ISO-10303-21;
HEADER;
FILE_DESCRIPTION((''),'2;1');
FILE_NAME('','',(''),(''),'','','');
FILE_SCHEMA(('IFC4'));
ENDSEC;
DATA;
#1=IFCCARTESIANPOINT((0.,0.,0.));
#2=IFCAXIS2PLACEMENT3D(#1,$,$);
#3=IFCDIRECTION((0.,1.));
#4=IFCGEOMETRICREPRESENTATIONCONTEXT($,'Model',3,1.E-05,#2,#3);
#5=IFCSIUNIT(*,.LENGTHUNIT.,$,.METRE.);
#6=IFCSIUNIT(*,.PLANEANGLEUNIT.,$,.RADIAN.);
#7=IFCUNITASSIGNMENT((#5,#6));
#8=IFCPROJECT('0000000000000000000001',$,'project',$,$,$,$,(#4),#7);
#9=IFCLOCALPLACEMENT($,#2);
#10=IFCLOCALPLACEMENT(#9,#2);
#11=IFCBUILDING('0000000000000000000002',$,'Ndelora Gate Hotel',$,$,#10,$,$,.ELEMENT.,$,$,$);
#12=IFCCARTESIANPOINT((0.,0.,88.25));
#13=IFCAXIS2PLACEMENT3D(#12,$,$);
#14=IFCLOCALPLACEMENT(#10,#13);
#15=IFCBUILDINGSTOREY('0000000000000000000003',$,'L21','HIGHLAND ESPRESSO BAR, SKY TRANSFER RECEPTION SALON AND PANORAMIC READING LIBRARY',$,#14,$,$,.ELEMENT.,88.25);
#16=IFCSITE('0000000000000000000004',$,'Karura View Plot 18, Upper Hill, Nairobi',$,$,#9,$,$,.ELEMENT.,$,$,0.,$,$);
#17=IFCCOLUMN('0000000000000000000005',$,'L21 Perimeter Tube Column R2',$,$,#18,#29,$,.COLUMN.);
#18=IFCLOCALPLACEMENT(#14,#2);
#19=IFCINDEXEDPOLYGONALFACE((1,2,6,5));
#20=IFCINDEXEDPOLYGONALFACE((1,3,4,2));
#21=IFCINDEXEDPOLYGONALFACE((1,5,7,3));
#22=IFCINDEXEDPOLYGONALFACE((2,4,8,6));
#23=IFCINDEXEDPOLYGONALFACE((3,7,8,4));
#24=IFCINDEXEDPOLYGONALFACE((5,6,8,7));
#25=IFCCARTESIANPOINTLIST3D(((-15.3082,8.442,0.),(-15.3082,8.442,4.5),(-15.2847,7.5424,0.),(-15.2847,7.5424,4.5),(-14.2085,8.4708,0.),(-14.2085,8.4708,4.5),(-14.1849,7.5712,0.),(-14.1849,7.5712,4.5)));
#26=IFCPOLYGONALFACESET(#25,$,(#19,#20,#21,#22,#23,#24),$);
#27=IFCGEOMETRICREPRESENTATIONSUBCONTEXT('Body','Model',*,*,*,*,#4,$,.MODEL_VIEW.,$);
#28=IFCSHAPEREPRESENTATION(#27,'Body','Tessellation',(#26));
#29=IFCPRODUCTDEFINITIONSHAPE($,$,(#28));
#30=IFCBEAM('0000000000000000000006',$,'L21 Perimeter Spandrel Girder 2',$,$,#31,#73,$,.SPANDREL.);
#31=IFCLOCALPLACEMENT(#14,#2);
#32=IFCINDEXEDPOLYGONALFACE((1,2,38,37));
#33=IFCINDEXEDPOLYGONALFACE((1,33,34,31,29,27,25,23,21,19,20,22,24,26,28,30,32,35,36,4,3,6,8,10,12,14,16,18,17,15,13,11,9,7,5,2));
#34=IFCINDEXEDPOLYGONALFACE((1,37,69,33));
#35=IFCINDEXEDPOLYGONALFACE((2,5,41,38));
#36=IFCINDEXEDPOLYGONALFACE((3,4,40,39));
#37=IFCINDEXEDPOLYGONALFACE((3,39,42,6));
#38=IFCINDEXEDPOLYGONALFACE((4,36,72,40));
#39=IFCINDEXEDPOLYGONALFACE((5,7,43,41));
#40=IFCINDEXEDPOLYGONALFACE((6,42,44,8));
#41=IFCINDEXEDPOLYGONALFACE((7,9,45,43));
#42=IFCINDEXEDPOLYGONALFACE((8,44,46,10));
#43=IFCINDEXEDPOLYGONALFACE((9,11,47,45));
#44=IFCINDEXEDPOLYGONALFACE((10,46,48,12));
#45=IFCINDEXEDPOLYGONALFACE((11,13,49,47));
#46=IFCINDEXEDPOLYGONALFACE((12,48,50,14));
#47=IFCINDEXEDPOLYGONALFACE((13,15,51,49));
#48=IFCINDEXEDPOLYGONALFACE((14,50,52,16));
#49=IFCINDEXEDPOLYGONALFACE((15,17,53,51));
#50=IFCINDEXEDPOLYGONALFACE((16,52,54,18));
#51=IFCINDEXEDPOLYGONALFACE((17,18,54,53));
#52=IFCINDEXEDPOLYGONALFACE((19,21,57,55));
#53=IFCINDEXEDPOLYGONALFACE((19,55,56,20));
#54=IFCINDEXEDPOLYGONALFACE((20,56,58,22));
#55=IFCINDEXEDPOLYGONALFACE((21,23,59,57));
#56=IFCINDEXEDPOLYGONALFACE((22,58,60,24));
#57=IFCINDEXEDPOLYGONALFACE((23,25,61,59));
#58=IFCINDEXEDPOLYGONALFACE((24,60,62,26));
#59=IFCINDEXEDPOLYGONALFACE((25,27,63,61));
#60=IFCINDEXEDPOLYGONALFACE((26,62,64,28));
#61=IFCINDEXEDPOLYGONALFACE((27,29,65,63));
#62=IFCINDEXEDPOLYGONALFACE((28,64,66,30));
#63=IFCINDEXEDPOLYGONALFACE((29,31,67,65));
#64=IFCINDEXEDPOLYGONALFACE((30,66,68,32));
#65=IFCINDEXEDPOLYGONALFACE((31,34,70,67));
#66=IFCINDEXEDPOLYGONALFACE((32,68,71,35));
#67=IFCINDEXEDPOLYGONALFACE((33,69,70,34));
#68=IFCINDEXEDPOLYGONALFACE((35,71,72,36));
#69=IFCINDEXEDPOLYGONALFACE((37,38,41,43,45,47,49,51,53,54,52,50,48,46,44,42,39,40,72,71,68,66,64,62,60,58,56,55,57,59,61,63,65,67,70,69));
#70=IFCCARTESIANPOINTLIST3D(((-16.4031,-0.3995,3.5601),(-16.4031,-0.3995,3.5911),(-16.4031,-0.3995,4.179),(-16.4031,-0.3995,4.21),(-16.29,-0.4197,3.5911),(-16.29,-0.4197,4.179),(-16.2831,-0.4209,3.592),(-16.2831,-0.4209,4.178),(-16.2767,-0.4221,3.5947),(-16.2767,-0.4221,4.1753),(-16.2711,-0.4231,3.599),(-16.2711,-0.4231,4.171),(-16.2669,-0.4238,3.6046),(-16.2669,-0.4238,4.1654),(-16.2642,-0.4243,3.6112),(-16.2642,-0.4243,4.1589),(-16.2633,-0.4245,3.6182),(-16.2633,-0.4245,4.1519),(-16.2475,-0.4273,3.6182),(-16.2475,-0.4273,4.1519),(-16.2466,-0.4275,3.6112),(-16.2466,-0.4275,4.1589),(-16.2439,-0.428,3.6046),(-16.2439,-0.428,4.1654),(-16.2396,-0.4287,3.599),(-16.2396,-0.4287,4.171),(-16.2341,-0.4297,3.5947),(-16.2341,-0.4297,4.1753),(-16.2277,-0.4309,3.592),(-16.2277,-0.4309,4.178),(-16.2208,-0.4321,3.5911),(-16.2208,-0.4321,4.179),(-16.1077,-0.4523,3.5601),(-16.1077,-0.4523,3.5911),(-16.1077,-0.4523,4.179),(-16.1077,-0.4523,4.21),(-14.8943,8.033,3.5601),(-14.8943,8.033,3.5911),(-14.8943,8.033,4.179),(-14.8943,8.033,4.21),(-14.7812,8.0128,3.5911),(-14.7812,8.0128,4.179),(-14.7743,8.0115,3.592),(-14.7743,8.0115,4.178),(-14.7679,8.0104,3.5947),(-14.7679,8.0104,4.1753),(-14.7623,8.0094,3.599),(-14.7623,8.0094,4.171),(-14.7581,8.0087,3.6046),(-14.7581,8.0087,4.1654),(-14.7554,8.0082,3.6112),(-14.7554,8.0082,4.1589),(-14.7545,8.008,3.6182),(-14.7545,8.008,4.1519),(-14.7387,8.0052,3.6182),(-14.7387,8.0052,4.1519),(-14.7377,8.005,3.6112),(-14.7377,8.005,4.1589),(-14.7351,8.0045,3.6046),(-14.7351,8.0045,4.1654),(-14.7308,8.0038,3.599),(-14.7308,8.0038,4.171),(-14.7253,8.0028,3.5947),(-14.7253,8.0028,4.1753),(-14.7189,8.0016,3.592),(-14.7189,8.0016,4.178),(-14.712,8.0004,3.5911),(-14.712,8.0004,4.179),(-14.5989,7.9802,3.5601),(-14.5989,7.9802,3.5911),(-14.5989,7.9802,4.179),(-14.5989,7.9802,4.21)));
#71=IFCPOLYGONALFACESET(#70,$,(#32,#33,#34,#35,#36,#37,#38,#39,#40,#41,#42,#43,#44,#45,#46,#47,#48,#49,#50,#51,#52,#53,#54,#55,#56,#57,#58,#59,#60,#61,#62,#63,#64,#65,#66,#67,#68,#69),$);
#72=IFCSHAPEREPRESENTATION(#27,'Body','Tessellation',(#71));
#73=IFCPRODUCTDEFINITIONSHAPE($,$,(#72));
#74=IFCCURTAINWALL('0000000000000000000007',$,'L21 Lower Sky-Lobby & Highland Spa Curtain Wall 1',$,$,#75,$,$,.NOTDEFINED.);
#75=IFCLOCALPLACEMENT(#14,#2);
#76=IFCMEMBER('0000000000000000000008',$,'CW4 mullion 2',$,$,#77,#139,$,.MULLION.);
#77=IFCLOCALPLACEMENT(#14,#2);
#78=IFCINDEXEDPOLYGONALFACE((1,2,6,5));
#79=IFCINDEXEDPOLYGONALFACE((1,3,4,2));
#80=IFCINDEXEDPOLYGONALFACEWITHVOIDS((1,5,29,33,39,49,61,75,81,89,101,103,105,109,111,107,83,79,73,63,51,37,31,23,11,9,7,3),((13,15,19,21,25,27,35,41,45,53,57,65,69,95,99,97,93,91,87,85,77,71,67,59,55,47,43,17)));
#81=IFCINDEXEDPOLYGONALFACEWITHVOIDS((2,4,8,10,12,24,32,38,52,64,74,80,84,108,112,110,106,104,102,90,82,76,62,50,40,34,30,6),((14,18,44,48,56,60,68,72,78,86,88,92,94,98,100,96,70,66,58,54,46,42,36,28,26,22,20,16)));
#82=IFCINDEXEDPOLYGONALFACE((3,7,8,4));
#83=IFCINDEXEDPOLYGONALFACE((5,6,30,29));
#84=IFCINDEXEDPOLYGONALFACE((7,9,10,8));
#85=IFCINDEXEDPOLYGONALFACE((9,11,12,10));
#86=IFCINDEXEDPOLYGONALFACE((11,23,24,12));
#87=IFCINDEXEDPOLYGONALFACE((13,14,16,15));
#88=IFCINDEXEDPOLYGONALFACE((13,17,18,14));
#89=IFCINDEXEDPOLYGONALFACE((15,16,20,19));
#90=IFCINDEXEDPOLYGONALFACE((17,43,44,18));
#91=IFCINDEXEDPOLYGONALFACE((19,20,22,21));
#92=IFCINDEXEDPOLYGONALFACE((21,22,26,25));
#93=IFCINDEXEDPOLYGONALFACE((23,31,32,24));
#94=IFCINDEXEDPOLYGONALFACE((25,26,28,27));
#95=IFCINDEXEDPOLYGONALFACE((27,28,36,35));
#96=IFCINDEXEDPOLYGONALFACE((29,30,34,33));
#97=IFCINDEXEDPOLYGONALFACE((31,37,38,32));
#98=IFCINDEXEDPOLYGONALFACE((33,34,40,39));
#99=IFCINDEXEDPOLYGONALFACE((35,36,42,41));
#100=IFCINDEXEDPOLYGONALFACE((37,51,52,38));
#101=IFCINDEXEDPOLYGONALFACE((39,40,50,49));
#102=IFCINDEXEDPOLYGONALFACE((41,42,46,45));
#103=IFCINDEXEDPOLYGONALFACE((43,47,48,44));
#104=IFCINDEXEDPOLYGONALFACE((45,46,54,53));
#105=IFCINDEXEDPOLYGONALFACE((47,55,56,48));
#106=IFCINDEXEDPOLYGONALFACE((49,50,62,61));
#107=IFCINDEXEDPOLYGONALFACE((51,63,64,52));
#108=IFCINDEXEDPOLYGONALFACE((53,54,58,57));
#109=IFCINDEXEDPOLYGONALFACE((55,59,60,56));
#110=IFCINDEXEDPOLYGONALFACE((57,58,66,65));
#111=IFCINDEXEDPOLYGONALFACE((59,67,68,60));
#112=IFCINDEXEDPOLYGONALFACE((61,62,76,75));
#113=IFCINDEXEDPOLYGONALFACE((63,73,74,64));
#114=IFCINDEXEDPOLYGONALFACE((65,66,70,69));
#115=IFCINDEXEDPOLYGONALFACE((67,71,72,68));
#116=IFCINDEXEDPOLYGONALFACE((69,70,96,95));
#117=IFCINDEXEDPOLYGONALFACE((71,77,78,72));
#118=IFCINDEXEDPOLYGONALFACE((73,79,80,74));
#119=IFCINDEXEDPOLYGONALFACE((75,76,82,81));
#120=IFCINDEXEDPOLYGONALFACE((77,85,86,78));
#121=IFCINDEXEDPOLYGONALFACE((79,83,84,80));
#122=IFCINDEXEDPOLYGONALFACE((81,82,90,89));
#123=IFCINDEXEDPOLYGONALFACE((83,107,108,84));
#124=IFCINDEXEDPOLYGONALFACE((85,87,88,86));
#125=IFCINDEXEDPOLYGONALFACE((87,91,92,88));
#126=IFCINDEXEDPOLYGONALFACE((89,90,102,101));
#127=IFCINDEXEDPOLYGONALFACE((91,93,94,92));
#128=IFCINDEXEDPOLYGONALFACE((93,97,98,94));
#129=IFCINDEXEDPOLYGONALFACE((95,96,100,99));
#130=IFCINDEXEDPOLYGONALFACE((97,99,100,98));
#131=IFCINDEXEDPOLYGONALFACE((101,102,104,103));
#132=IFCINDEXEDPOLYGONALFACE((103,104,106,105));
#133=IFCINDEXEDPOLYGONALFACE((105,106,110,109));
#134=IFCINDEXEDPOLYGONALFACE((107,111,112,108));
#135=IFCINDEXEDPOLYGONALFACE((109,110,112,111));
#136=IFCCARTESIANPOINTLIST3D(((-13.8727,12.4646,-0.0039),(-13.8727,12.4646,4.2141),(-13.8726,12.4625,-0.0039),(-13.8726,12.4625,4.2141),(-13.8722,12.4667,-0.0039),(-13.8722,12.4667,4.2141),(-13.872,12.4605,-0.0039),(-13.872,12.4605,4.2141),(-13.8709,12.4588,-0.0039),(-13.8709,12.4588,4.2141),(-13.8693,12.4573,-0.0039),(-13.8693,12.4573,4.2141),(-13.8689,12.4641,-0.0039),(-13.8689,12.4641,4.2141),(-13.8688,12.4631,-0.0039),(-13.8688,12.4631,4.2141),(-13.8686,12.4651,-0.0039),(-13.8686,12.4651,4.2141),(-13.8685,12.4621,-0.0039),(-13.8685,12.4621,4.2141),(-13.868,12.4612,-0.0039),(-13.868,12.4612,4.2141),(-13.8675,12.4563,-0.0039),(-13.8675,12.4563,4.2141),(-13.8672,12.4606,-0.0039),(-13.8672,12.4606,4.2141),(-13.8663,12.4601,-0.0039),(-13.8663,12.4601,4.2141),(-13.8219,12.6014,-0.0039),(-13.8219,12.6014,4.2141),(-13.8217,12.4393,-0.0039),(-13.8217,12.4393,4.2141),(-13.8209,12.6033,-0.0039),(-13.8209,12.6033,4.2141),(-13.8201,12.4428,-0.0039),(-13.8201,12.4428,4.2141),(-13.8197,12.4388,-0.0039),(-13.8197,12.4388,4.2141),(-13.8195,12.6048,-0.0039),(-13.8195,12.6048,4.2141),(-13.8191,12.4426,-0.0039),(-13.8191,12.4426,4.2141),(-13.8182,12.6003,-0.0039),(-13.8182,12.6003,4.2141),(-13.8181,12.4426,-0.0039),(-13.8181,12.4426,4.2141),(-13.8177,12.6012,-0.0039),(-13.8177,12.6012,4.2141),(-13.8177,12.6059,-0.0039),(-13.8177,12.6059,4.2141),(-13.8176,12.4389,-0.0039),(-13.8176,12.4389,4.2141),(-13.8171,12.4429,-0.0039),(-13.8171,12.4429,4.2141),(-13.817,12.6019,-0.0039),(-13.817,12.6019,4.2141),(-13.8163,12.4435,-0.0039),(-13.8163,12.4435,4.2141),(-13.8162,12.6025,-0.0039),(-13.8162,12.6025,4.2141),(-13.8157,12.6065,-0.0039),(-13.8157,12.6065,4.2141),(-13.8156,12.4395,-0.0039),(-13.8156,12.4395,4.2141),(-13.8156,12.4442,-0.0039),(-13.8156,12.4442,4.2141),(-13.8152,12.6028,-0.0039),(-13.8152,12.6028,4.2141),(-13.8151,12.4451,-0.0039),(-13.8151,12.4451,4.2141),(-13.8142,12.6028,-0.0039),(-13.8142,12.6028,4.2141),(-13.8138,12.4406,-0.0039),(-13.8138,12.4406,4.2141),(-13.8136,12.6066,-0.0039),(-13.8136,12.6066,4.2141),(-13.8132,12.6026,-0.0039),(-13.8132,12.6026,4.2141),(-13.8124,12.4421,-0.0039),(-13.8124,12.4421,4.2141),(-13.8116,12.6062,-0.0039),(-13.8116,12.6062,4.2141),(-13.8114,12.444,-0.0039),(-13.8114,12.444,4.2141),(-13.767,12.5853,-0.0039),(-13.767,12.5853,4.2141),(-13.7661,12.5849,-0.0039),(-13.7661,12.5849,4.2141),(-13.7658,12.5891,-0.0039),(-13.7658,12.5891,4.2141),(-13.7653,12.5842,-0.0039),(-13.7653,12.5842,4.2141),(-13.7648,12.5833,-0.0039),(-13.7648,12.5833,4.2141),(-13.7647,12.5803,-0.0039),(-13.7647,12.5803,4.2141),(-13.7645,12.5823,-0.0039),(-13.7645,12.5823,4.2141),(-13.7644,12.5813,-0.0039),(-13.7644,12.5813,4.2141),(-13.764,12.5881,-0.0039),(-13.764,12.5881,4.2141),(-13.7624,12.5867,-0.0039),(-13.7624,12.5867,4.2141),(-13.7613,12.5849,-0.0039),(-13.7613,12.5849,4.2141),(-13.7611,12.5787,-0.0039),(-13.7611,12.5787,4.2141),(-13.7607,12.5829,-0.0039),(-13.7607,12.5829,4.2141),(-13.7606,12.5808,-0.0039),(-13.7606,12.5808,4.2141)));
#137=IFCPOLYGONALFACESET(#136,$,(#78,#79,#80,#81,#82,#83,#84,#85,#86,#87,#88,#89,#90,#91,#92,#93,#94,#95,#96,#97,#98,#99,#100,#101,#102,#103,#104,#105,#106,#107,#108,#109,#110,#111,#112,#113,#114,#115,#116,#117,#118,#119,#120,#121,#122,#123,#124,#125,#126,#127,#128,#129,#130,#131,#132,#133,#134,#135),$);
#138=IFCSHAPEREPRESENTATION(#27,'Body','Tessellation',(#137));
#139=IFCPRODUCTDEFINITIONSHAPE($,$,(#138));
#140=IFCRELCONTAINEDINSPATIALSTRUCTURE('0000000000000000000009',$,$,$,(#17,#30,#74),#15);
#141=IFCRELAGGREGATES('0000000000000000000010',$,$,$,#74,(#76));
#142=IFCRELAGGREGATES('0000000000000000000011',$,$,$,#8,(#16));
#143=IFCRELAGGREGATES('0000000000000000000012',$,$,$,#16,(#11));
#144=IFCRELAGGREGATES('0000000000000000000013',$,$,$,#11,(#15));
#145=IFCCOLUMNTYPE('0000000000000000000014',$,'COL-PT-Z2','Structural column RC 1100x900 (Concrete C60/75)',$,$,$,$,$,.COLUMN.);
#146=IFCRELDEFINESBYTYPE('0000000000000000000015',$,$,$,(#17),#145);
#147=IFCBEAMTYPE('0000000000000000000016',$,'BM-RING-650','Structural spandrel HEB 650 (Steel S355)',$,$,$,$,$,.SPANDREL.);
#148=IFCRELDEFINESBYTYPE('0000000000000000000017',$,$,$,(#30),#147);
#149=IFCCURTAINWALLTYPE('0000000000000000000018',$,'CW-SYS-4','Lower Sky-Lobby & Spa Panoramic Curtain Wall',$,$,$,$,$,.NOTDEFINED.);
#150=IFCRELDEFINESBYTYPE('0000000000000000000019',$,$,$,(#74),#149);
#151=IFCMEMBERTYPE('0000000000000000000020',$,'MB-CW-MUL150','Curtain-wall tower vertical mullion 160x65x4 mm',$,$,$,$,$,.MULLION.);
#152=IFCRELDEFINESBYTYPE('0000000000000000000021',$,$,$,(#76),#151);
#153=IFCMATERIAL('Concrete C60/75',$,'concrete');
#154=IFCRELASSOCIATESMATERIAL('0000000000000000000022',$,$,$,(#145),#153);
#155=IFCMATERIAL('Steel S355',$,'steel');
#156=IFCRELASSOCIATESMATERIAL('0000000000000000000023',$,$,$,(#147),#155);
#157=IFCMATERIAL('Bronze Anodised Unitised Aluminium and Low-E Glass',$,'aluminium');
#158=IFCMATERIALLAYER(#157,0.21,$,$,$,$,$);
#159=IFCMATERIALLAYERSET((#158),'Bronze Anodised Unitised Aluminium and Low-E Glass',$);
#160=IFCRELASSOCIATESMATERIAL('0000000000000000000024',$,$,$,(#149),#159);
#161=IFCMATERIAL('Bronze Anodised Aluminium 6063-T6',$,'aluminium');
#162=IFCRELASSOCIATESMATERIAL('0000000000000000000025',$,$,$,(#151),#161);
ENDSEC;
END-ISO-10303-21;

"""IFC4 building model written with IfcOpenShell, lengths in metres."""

from ifc_helpers import new_model, si_unit, direction, frame, origin, origin_2d, place, context, subcontext, project, spatial, rectangle, hollow_rectangle, i_section, extrude, material, layer, layer_set, material_profile, profile_set, type_object, element, aggregate, save


model = new_model("IFC4")

# Units and contexts
model_context = context("Model", 3, precision=1e-05, world=origin(), true_north=direction((0.0, 1.0)))
body_context = subcontext(model_context, "Body", "Model", "MODEL_VIEW")
ifc_project = project(units=[si_unit("LENGTHUNIT", "METRE"), si_unit("PLANEANGLEUNIT", "RADIAN")], contexts=[model_context])

# Site, building, storey
site_placement = place(None, origin())
site = spatial("IfcSite", under=ifc_project, at=site_placement, Name="Karura View Plot 18, Upper Hill, Nairobi", CompositionType="ELEMENT", RefElevation=0.0)
building_placement = place(site_placement, origin())
building = spatial("IfcBuilding", under=site, at=building_placement, Name="Ndelora Gate Hotel", CompositionType="ELEMENT")
storey_placement = place(building_placement, frame((0.0, 0.0, 88.25)))
storey = spatial("IfcBuildingStorey", under=building, at=storey_placement, Name="L21", Description="HIGHLAND ESPRESSO BAR, SKY TRANSFER RECEPTION SALON AND PANORAMIC READING LIBRARY", CompositionType="ELEMENT", Elevation=88.25)

# Column
ifc_material_1 = material(Name="Concrete C60/75", Category="concrete")
ifc_material_profile_1 = material_profile(ifc_material_1, rectangle(XDim=0.8999, YDim=1.1001, at=origin_2d()), Name="RC 1100x900")
ifc_profile_set_1 = profile_set([ifc_material_profile_1], Name="Concrete C60/75")
column_type = type_object("IfcColumnType", Name="COL-PT-Z2", Description="Structural column RC 1100x900 (Concrete C60/75)", PredefinedType="COLUMN", material=ifc_profile_set_1)
column_placement = place(storey_placement, frame((-14.7466, 8.0066, 0.0), z_axis=(0.0, 0.0, 1.0), x_axis=(-0.026177, 0.999657, 0.0)))
element("IfcColumn", 1, at=column_placement, inside=storey, type_object=column_type, Name="L21 Perimeter Tube Column R2", PredefinedType="COLUMN", context=body_context, shape_type="SweptSolid", body=[
    extrude(rectangle(XDim=0.8999, YDim=1.1001, at=origin_2d()), origin(), (0.0, 0.0, 1.0), 4.5),
])

# Beam
ifc_material_2 = material(Name="Steel S355", Category="steel")
ifc_material_profile_2 = material_profile(ifc_material_2, i_section(OverallWidth=0.3, OverallDepth=0.6499, WebThickness=0.0161, FlangeThickness=0.031, FilletRadius=0.0271, at=origin_2d()), Name="HEB 650")
ifc_profile_set_2 = profile_set([ifc_material_profile_2], Name="Steel S355")
beam_type = type_object("IfcBeamType", Name="BM-RING-650", Description="Structural spandrel HEB 650 (Steel S355)", PredefinedType="SPANDREL", material=ifc_profile_set_2)
beam_placement = place(storey_placement, frame((-14.7466, 8.0066, 3.885), z_axis=(-0.176131, -0.984367, 0.0), x_axis=(0.984367, -0.176131, 0.0)))
element("IfcBeam", 2, at=beam_placement, inside=storey, type_object=beam_type, Name="L21 Perimeter Spandrel Girder 2", PredefinedType="SPANDREL", context=body_context, shape_type="SweptSolid", body=[
    extrude(i_section(OverallWidth=0.3, OverallDepth=0.6499, WebThickness=0.0161, FlangeThickness=0.031, FilletRadius=0.0271, at=origin_2d()), origin(), (0.0, 0.0, 1.0), 8.5664),
])

# Curtain wall, member
ifc_material_3 = material(Name="Bronze Anodised Unitised Aluminium and Low-E Glass", Category="aluminium")
ifc_layer_1 = layer(ifc_material_3, 0.21)
ifc_layer_set_1 = layer_set([ifc_layer_1], Name="Bronze Anodised Unitised Aluminium and Low-E Glass")
curtain_wall_type = type_object("IfcCurtainWallType", Name="CW-SYS-4", Description="Lower Sky-Lobby & Spa Panoramic Curtain Wall", PredefinedType="NOTDEFINED", material=ifc_layer_set_1)
curtain_wall_placement = place(storey_placement, origin())
curtain_wall = element("IfcCurtainWall", 3, at=curtain_wall_placement, inside=storey, type_object=curtain_wall_type, Name="L21 Lower Sky-Lobby & Highland Spa Curtain Wall 1", PredefinedType="NOTDEFINED")
ifc_material_4 = material(Name="Bronze Anodised Aluminium 6063-T6", Category="aluminium")
ifc_material_profile_3 = material_profile(ifc_material_4, hollow_rectangle(XDim=0.0649, YDim=0.1599, WallThickness=0.0039, InnerFilletRadius=0.0039, OuterFilletRadius=0.0081, at=origin_2d()), Name="ALU 160x65x4")
ifc_profile_set_3 = profile_set([ifc_material_profile_3], Name="Bronze Anodised Aluminium 6063-T6")
member_type_1 = type_object("IfcMemberType", Name="MB-CW-MUL150", Description="Curtain-wall tower vertical mullion 160x65x4 mm", PredefinedType="MULLION", material=ifc_profile_set_3)
member_1_placement = place(storey_placement, frame((-13.8167, 12.5227, -0.0039), z_axis=(0.0, 0.0, 1.0), x_axis=(0.936889, -0.349628, 0.0)))
member_1 = element("IfcMember", 4, at=member_1_placement, type_object=member_type_1, Name="CW4 mullion 2", PredefinedType="MULLION", context=body_context, shape_type="SweptSolid", body=[
    extrude(hollow_rectangle(XDim=0.0649, YDim=0.1599, WallThickness=0.0039, InnerFilletRadius=0.0039, OuterFilletRadius=0.0081, at=origin_2d()), origin(), (0.0, 0.0, 1.0), 4.218),
])
aggregate(curtain_wall, [member_1])

save(model, "model.ifc")
